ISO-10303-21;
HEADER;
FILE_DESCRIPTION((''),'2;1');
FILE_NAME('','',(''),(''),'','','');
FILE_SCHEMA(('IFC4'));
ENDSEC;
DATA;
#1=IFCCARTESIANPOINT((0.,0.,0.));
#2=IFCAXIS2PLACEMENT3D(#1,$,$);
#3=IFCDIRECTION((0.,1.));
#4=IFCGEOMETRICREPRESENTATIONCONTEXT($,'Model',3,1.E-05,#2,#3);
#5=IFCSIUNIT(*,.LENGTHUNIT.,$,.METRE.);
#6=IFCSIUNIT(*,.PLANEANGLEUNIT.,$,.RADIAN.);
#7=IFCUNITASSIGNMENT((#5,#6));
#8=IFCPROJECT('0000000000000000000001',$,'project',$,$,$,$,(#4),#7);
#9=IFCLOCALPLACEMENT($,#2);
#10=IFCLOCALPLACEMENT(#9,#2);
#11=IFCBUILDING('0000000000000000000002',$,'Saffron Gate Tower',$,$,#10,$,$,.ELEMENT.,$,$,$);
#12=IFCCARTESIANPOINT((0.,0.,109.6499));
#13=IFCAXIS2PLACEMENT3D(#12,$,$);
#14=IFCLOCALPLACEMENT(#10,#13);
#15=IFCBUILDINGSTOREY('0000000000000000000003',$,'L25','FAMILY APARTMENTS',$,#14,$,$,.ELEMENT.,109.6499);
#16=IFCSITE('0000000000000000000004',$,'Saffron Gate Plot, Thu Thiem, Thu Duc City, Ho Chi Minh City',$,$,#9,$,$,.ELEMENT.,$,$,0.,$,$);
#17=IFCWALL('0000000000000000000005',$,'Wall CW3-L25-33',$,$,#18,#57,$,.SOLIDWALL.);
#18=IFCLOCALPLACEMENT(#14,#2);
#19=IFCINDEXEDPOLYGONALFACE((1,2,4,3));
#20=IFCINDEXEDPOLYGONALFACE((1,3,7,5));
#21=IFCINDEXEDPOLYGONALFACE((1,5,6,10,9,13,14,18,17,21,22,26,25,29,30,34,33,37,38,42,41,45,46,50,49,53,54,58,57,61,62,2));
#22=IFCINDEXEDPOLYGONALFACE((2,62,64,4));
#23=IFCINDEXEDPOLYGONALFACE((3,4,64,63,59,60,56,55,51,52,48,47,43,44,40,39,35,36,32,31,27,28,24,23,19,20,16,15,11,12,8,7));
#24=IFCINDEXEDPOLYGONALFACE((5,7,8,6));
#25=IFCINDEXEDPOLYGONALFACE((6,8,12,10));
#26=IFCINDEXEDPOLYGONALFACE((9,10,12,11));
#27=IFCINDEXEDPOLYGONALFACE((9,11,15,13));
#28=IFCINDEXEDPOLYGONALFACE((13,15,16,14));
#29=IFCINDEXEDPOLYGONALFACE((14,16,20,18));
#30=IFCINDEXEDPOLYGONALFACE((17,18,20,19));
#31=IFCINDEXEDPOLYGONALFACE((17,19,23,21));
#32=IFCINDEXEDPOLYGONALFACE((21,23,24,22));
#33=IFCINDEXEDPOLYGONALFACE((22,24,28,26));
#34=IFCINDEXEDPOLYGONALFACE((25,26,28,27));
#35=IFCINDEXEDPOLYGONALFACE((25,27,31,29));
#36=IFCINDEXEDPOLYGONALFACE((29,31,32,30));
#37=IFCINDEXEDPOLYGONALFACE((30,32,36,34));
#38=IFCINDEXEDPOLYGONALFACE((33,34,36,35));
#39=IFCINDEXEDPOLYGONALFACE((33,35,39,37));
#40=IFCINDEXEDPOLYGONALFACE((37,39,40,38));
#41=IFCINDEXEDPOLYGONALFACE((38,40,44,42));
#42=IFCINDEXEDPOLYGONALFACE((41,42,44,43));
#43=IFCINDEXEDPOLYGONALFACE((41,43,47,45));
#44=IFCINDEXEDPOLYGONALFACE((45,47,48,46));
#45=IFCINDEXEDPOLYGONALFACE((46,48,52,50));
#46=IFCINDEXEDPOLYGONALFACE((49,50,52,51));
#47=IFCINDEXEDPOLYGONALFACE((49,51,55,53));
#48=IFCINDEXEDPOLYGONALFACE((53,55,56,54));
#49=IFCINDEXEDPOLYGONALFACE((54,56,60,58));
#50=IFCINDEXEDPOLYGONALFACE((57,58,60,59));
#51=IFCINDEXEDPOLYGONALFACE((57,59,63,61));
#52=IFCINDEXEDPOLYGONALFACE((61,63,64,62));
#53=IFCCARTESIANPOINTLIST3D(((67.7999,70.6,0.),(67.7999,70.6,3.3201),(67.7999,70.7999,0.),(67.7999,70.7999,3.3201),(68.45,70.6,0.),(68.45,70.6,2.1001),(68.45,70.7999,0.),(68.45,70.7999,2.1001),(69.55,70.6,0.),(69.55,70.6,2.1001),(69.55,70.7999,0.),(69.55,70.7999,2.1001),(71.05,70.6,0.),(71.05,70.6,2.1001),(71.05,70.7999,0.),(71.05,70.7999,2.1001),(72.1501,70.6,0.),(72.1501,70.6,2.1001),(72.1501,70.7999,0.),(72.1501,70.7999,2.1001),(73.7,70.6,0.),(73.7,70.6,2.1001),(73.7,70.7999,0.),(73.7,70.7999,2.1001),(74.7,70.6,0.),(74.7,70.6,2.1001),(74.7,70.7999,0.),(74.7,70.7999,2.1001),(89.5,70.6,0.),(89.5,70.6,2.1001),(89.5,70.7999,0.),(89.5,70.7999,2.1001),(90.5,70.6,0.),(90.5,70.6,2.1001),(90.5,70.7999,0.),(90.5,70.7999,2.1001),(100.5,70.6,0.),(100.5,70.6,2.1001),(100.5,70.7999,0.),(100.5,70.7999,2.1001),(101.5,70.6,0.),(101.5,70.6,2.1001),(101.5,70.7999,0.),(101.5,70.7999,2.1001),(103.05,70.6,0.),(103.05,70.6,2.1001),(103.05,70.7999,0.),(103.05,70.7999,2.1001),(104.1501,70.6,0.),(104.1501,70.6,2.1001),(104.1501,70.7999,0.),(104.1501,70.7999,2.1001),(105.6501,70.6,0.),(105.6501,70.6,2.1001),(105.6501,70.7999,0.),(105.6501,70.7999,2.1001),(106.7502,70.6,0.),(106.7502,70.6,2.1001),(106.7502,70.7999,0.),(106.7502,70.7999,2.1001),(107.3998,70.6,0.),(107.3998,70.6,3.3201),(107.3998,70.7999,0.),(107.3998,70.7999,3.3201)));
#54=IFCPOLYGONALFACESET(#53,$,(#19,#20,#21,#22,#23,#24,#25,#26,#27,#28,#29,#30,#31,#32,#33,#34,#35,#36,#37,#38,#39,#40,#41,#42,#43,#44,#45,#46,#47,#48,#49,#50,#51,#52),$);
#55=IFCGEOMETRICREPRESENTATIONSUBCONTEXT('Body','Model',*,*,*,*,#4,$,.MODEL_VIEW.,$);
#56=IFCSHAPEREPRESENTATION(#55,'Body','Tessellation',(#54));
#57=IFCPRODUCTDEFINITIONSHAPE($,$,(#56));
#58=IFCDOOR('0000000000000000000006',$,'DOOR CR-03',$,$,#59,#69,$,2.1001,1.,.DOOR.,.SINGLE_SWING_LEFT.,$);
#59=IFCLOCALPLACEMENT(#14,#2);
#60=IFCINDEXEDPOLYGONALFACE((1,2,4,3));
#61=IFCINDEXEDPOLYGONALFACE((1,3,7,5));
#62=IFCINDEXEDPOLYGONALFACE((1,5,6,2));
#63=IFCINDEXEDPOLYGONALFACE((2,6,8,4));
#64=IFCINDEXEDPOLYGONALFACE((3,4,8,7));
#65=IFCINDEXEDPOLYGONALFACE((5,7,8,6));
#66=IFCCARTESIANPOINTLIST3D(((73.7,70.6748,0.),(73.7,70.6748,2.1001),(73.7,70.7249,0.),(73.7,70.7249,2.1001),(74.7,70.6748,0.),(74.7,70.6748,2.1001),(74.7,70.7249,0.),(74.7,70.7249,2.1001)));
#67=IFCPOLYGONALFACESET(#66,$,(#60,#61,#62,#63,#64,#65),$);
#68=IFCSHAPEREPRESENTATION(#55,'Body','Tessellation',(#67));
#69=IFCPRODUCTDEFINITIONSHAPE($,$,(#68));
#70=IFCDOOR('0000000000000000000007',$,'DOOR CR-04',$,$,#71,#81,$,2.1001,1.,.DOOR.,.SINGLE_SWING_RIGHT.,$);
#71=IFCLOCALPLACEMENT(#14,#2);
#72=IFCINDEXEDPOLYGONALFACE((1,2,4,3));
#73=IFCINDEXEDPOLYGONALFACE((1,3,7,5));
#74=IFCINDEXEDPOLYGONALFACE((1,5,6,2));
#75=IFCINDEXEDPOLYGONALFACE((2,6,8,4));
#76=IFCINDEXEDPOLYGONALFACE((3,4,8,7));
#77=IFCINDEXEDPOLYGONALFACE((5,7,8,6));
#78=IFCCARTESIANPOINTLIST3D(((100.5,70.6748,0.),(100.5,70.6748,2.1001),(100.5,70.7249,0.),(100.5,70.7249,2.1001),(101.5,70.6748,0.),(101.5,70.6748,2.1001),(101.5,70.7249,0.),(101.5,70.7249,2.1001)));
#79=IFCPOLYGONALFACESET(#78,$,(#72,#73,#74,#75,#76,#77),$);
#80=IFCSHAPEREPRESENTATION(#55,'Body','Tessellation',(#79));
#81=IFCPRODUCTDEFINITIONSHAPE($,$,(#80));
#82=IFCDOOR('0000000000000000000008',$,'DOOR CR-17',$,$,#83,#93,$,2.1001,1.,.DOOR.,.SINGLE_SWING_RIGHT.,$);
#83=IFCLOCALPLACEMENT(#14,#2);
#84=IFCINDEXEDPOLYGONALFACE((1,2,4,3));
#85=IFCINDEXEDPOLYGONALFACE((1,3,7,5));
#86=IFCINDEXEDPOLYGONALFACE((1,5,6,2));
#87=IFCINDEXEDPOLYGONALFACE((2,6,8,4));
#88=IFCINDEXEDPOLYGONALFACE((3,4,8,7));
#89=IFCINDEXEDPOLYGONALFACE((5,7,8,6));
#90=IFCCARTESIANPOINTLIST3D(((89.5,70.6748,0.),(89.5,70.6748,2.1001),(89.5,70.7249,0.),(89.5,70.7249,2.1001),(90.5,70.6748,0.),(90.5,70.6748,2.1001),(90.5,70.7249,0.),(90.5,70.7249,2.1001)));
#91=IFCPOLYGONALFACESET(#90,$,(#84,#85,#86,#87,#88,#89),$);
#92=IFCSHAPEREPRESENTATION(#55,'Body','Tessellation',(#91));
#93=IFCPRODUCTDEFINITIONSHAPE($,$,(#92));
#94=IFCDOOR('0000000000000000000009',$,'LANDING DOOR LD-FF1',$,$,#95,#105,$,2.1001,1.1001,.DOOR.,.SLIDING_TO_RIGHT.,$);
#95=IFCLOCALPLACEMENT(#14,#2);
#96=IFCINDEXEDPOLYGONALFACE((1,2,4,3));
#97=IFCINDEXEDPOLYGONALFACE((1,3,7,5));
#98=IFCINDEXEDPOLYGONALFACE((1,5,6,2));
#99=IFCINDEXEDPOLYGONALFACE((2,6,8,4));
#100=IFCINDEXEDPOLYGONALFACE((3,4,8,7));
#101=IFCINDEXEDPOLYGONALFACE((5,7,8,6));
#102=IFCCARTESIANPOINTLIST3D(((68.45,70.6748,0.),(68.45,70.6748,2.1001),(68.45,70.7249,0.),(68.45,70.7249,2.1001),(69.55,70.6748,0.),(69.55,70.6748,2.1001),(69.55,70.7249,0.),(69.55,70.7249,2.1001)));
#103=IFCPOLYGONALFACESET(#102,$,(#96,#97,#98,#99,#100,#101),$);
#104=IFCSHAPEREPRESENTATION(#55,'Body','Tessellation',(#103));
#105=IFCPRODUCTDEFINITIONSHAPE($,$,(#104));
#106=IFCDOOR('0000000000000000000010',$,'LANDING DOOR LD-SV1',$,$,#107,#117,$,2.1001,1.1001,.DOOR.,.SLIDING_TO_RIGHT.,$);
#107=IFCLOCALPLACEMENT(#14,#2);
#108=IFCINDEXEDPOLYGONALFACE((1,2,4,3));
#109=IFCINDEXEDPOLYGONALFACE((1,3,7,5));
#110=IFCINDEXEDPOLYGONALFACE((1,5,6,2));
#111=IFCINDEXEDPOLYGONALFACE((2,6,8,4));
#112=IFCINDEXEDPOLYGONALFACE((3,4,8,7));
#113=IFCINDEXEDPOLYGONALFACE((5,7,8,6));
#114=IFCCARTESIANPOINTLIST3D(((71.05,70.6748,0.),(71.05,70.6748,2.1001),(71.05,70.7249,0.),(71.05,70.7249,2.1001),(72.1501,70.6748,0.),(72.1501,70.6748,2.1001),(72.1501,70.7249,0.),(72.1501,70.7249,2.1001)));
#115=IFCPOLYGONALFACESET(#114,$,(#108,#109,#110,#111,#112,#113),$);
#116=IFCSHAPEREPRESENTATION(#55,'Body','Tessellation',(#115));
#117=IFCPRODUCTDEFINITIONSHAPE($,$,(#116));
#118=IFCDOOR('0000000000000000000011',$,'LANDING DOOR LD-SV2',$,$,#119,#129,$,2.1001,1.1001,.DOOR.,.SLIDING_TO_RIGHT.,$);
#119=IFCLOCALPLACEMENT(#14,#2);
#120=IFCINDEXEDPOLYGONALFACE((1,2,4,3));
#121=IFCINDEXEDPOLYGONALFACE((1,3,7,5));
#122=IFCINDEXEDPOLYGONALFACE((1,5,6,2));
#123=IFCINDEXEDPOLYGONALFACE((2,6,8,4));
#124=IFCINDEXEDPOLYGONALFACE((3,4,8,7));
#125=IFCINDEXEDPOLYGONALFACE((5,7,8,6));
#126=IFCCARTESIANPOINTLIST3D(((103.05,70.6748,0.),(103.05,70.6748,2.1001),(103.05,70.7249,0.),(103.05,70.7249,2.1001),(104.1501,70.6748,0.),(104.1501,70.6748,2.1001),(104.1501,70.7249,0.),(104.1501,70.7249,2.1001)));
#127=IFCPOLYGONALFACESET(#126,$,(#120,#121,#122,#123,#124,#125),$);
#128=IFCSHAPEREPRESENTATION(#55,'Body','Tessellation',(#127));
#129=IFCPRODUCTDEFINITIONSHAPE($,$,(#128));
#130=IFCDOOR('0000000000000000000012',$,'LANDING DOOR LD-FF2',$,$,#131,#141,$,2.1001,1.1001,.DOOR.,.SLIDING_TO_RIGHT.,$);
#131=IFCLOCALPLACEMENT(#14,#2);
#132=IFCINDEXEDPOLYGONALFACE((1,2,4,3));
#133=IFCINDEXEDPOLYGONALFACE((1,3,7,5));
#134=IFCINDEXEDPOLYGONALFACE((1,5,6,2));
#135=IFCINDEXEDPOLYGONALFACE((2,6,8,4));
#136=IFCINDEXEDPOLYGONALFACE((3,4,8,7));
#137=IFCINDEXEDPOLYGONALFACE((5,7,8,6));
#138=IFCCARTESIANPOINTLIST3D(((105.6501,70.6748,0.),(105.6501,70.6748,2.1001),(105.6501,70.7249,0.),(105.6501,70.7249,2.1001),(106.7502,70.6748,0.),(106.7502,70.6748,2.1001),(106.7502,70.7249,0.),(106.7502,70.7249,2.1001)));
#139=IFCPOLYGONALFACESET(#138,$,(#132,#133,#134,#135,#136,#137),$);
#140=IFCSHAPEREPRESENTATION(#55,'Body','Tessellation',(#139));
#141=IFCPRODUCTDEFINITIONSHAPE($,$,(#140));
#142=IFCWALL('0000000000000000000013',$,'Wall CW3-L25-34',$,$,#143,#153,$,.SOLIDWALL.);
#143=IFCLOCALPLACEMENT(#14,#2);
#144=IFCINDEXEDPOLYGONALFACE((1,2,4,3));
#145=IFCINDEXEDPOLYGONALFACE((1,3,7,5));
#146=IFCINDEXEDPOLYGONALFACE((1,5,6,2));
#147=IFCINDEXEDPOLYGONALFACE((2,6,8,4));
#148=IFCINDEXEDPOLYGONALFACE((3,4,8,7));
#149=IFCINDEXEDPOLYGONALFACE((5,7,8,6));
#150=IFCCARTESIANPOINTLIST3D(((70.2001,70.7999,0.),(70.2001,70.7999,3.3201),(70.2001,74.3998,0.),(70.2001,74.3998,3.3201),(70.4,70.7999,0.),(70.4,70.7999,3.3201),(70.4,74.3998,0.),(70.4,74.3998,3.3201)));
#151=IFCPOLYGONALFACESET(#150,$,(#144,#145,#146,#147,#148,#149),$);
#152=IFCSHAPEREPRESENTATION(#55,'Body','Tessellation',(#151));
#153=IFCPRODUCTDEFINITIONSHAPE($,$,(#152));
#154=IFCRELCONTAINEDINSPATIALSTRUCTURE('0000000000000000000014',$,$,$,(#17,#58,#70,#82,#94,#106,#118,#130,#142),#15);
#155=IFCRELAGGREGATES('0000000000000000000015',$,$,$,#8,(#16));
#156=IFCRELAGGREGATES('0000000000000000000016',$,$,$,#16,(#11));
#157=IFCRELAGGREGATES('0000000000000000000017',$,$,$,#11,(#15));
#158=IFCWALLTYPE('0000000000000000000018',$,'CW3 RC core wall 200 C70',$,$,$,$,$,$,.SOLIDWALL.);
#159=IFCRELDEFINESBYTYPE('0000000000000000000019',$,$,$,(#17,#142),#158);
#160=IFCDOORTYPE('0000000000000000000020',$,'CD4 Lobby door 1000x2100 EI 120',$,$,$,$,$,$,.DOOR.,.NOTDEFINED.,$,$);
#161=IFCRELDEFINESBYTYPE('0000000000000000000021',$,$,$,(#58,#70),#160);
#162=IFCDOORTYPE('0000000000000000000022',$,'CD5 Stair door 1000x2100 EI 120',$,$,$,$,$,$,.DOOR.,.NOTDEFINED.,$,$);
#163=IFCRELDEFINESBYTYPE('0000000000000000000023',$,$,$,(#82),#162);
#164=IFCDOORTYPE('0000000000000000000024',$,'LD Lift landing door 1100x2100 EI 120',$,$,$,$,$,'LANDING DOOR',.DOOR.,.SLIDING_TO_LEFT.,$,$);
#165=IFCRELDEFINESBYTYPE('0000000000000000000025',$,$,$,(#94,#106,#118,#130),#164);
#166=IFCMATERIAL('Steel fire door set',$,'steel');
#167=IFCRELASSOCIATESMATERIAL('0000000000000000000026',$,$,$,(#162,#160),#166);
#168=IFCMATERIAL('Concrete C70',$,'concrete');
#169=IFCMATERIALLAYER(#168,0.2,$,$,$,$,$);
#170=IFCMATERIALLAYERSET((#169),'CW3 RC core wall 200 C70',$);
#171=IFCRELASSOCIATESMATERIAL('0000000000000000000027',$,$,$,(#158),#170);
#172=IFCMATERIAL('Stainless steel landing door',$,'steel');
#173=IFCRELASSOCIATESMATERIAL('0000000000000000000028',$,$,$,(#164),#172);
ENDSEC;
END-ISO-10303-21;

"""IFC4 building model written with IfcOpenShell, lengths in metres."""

from ifc_helpers import new_model, si_unit, direction, frame, frame_2d, origin, place, context, subcontext, project, spatial, rectangle, extrude, material, layer, layer_set, type_object, element, fill, save


model = new_model("IFC4")

# Units and contexts
model_context = context("Model", 3, precision=1e-05, world=origin(), true_north=direction((0.0, 1.0)))
body_context = subcontext(model_context, "Body", "Model", "MODEL_VIEW")
ifc_project = project(units=[si_unit("LENGTHUNIT", "METRE"), si_unit("PLANEANGLEUNIT", "RADIAN")], contexts=[model_context])

# Site, building, storey
site_placement = place(None, origin())
site = spatial("IfcSite", under=ifc_project, at=site_placement, Name="Saffron Gate Plot, Thu Thiem, Thu Duc City, Ho Chi Minh City", CompositionType="ELEMENT", RefElevation=0.0)
building_placement = place(site_placement, origin())
building = spatial("IfcBuilding", under=site, at=building_placement, Name="Saffron Gate Tower", CompositionType="ELEMENT")
storey_placement = place(building_placement, frame((0.0, 0.0, 109.6499)))
storey = spatial("IfcBuildingStorey", under=building, at=storey_placement, Name="L25", Description="FAMILY APARTMENTS", CompositionType="ELEMENT", Elevation=109.6499)

# Shared definitions
ifc_material_1 = material(Name="Concrete C70", Category="concrete")

# Wall, openings, doors
ifc_material_2 = material(Name="Steel fire door set", Category="steel")
door_type_1 = type_object("IfcDoorType", Name="CD5 Stair door 1000x2100 EI 120", OperationType="NOTDEFINED", PredefinedType="DOOR", material=ifc_material_2)
ifc_layer_1 = layer(ifc_material_1, 0.2)
ifc_layer_set_1 = layer_set([ifc_layer_1], Name="CW3 RC core wall 200 C70")
wall_type_1 = type_object("IfcWallType", Name="CW3 RC core wall 200 C70", PredefinedType="SOLIDWALL", material=ifc_layer_set_1)
wall_1_placement = place(storey_placement, frame((67.8, 70.7, 0.0), z_axis=(0.0, 0.0, 1.0), x_axis=(1.0, 0.0, 0.0)))
wall_1 = element("IfcWall", 1, at=wall_1_placement, inside=storey, type_object=wall_type_1, Name="Wall CW3-L25-33", PredefinedType="SOLIDWALL", context=body_context, shape_type="SweptSolid", body=[
    extrude(rectangle(XDim=39.5999, YDim=0.2, at=frame_2d((19.7998, 0.0))), origin(), (0.0, 0.0, 1.0), 3.3201),
])
opening_1_placement = place(wall_1_placement, frame((0.6499, 0.0, 0.0)))
opening_1 = element("IfcOpeningElement", 2, at=opening_1_placement, cuts=wall_1, PredefinedType="OPENING", context=body_context, shape_type="SweptSolid", body=[
    extrude(rectangle(XDim=1.1001, YDim=2.1001, at=frame_2d((0.55, 1.05))), frame((0.0, 0.1099, 0.0), z_axis=(0.0, -1.0, 0.0), x_axis=(1.0, 0.0, 0.0)), (0.0, 0.0, 1.0), 0.22),
])
opening_2_placement = place(wall_1_placement, frame((3.25, 0.0, 0.0)))
opening_2 = element("IfcOpeningElement", 3, at=opening_2_placement, cuts=wall_1, PredefinedType="OPENING", context=body_context, shape_type="SweptSolid", body=[
    extrude(rectangle(XDim=1.1001, YDim=2.1001, at=frame_2d((0.55, 1.05))), frame((0.0, 0.1099, 0.0), z_axis=(0.0, -1.0, 0.0), x_axis=(1.0, 0.0, 0.0)), (0.0, 0.0, 1.0), 0.22),
])
opening_3_placement = place(wall_1_placement, frame((5.8999, 0.0, 0.0)))
opening_3 = element("IfcOpeningElement", 4, at=opening_3_placement, cuts=wall_1, PredefinedType="OPENING", context=body_context, shape_type="SweptSolid", body=[
    extrude(rectangle(XDim=1.0, YDim=2.1001, at=frame_2d((0.5, 1.05))), frame((0.0, 0.1099, 0.0), z_axis=(0.0, -1.0, 0.0), x_axis=(1.0, 0.0, 0.0)), (0.0, 0.0, 1.0), 0.22),
])
opening_4_placement = place(wall_1_placement, frame((21.7, 0.0, 0.0)))
opening_4 = element("IfcOpeningElement", 5, at=opening_4_placement, cuts=wall_1, PredefinedType="OPENING", context=body_context, shape_type="SweptSolid", body=[
    extrude(rectangle(XDim=1.0, YDim=2.1001, at=frame_2d((0.5, 1.05))), frame((0.0, 0.1099, 0.0), z_axis=(0.0, -1.0, 0.0), x_axis=(1.0, 0.0, 0.0)), (0.0, 0.0, 1.0), 0.22),
])
opening_5_placement = place(wall_1_placement, frame((32.7, 0.0, 0.0)))
opening_5 = element("IfcOpeningElement", 6, at=opening_5_placement, cuts=wall_1, PredefinedType="OPENING", context=body_context, shape_type="SweptSolid", body=[
    extrude(rectangle(XDim=1.0, YDim=2.1001, at=frame_2d((0.5, 1.05))), frame((0.0, 0.1099, 0.0), z_axis=(0.0, -1.0, 0.0), x_axis=(1.0, 0.0, 0.0)), (0.0, 0.0, 1.0), 0.22),
])
opening_6_placement = place(wall_1_placement, frame((35.25, 0.0, 0.0)))
opening_6 = element("IfcOpeningElement", 7, at=opening_6_placement, cuts=wall_1, PredefinedType="OPENING", context=body_context, shape_type="SweptSolid", body=[
    extrude(rectangle(XDim=1.1001, YDim=2.1001, at=frame_2d((0.55, 1.05))), frame((0.0, 0.1099, 0.0), z_axis=(0.0, -1.0, 0.0), x_axis=(1.0, 0.0, 0.0)), (0.0, 0.0, 1.0), 0.22),
])
opening_7_placement = place(wall_1_placement, frame((37.8501, 0.0, 0.0)))
opening_7 = element("IfcOpeningElement", 8, at=opening_7_placement, cuts=wall_1, PredefinedType="OPENING", context=body_context, shape_type="SweptSolid", body=[
    extrude(rectangle(XDim=1.1001, YDim=2.1001, at=frame_2d((0.55, 1.05))), frame((0.0, 0.1099, 0.0), z_axis=(0.0, -1.0, 0.0), x_axis=(1.0, 0.0, 0.0)), (0.0, 0.0, 1.0), 0.22),
])
door_type_2 = type_object("IfcDoorType", Name="CD4 Lobby door 1000x2100 EI 120", OperationType="NOTDEFINED", PredefinedType="DOOR", material=ifc_material_2)
door_1_placement = place(opening_3_placement, origin())
door_1 = element("IfcDoor", 9, at=door_1_placement, inside=storey, type_object=door_type_2, Name="DOOR CR-03", OperationType="SINGLE_SWING_LEFT", OverallHeight=2.1001, OverallWidth=1.0, PredefinedType="DOOR", context=body_context, shape_type="SweptSolid", body=[
    extrude(rectangle(XDim=1.0, YDim=2.1001, at=frame_2d((0.5, 1.05))), frame((0.0, 0.0249, 0.0), z_axis=(0.0, -1.0, 0.0), x_axis=(1.0, 0.0, 0.0)), (0.0, 0.0, 1.0), 0.05),
])
fill(opening_3, door_1)
door_2_placement = place(opening_5_placement, origin())
door_2 = element("IfcDoor", 10, at=door_2_placement, inside=storey, type_object=door_type_2, Name="DOOR CR-04", OperationType="SINGLE_SWING_RIGHT", OverallHeight=2.1001, OverallWidth=1.0, PredefinedType="DOOR", context=body_context, shape_type="SweptSolid", body=[
    extrude(rectangle(XDim=1.0, YDim=2.1001, at=frame_2d((0.5, 1.05))), frame((0.0, 0.0249, 0.0), z_axis=(0.0, -1.0, 0.0), x_axis=(1.0, 0.0, 0.0)), (0.0, 0.0, 1.0), 0.05),
])
fill(opening_5, door_2)
door_3_placement = place(opening_4_placement, origin())
door_3 = element("IfcDoor", 11, at=door_3_placement, inside=storey, type_object=door_type_1, Name="DOOR CR-17", OperationType="SINGLE_SWING_RIGHT", OverallHeight=2.1001, OverallWidth=1.0, PredefinedType="DOOR", context=body_context, shape_type="SweptSolid", body=[
    extrude(rectangle(XDim=1.0, YDim=2.1001, at=frame_2d((0.5, 1.05))), frame((0.0, 0.0249, 0.0), z_axis=(0.0, -1.0, 0.0), x_axis=(1.0, 0.0, 0.0)), (0.0, 0.0, 1.0), 0.05),
])
fill(opening_4, door_3)
ifc_material_3 = material(Name="Stainless steel landing door", Category="steel")
door_type_3 = type_object("IfcDoorType", Name="LD Lift landing door 1100x2100 EI 120", ElementType="LANDING DOOR", OperationType="SLIDING_TO_LEFT", PredefinedType="DOOR", material=ifc_material_3)
door_4_placement = place(opening_1_placement, origin())
door_4 = element("IfcDoor", 12, at=door_4_placement, inside=storey, type_object=door_type_3, Name="LANDING DOOR LD-FF1", OperationType="SLIDING_TO_RIGHT", OverallHeight=2.1001, OverallWidth=1.1001, PredefinedType="DOOR", context=body_context, shape_type="SweptSolid", body=[
    extrude(rectangle(XDim=1.1001, YDim=2.1001, at=frame_2d((0.55, 1.05))), frame((0.0, 0.0249, 0.0), z_axis=(0.0, -1.0, 0.0), x_axis=(1.0, 0.0, 0.0)), (0.0, 0.0, 1.0), 0.05),
])
fill(opening_1, door_4)
door_5_placement = place(opening_2_placement, origin())
door_5 = element("IfcDoor", 13, at=door_5_placement, inside=storey, type_object=door_type_3, Name="LANDING DOOR LD-SV1", OperationType="SLIDING_TO_RIGHT", OverallHeight=2.1001, OverallWidth=1.1001, PredefinedType="DOOR", context=body_context, shape_type="SweptSolid", body=[
    extrude(rectangle(XDim=1.1001, YDim=2.1001, at=frame_2d((0.55, 1.05))), frame((0.0, 0.0249, 0.0), z_axis=(0.0, -1.0, 0.0), x_axis=(1.0, 0.0, 0.0)), (0.0, 0.0, 1.0), 0.05),
])
fill(opening_2, door_5)
door_6_placement = place(opening_6_placement, origin())
door_6 = element("IfcDoor", 14, at=door_6_placement, inside=storey, type_object=door_type_3, Name="LANDING DOOR LD-SV2", OperationType="SLIDING_TO_RIGHT", OverallHeight=2.1001, OverallWidth=1.1001, PredefinedType="DOOR", context=body_context, shape_type="SweptSolid", body=[
    extrude(rectangle(XDim=1.1001, YDim=2.1001, at=frame_2d((0.55, 1.05))), frame((0.0, 0.0249, 0.0), z_axis=(0.0, -1.0, 0.0), x_axis=(1.0, 0.0, 0.0)), (0.0, 0.0, 1.0), 0.05),
])
fill(opening_6, door_6)
door_7_placement = place(opening_7_placement, origin())
door_7 = element("IfcDoor", 15, at=door_7_placement, inside=storey, type_object=door_type_3, Name="LANDING DOOR LD-FF2", OperationType="SLIDING_TO_RIGHT", OverallHeight=2.1001, OverallWidth=1.1001, PredefinedType="DOOR", context=body_context, shape_type="SweptSolid", body=[
    extrude(rectangle(XDim=1.1001, YDim=2.1001, at=frame_2d((0.55, 1.05))), frame((0.0, 0.0249, 0.0), z_axis=(0.0, -1.0, 0.0), x_axis=(1.0, 0.0, 0.0)), (0.0, 0.0, 1.0), 0.05),
])
fill(opening_7, door_7)

# Wall
wall_2_placement = place(storey_placement, frame((70.3, 70.8, 0.0), z_axis=(0.0, 0.0, 1.0), x_axis=(0.0, 1.0, 0.0)))
element("IfcWall", 16, at=wall_2_placement, inside=storey, type_object=wall_type_1, Name="Wall CW3-L25-34", PredefinedType="SOLIDWALL", context=body_context, shape_type="SweptSolid", body=[
    extrude(rectangle(XDim=3.5999, YDim=0.2, at=frame_2d((1.7998, 0.0))), origin(), (0.0, 0.0, 1.0), 3.3201),
])

save(model, "model.ifc")
